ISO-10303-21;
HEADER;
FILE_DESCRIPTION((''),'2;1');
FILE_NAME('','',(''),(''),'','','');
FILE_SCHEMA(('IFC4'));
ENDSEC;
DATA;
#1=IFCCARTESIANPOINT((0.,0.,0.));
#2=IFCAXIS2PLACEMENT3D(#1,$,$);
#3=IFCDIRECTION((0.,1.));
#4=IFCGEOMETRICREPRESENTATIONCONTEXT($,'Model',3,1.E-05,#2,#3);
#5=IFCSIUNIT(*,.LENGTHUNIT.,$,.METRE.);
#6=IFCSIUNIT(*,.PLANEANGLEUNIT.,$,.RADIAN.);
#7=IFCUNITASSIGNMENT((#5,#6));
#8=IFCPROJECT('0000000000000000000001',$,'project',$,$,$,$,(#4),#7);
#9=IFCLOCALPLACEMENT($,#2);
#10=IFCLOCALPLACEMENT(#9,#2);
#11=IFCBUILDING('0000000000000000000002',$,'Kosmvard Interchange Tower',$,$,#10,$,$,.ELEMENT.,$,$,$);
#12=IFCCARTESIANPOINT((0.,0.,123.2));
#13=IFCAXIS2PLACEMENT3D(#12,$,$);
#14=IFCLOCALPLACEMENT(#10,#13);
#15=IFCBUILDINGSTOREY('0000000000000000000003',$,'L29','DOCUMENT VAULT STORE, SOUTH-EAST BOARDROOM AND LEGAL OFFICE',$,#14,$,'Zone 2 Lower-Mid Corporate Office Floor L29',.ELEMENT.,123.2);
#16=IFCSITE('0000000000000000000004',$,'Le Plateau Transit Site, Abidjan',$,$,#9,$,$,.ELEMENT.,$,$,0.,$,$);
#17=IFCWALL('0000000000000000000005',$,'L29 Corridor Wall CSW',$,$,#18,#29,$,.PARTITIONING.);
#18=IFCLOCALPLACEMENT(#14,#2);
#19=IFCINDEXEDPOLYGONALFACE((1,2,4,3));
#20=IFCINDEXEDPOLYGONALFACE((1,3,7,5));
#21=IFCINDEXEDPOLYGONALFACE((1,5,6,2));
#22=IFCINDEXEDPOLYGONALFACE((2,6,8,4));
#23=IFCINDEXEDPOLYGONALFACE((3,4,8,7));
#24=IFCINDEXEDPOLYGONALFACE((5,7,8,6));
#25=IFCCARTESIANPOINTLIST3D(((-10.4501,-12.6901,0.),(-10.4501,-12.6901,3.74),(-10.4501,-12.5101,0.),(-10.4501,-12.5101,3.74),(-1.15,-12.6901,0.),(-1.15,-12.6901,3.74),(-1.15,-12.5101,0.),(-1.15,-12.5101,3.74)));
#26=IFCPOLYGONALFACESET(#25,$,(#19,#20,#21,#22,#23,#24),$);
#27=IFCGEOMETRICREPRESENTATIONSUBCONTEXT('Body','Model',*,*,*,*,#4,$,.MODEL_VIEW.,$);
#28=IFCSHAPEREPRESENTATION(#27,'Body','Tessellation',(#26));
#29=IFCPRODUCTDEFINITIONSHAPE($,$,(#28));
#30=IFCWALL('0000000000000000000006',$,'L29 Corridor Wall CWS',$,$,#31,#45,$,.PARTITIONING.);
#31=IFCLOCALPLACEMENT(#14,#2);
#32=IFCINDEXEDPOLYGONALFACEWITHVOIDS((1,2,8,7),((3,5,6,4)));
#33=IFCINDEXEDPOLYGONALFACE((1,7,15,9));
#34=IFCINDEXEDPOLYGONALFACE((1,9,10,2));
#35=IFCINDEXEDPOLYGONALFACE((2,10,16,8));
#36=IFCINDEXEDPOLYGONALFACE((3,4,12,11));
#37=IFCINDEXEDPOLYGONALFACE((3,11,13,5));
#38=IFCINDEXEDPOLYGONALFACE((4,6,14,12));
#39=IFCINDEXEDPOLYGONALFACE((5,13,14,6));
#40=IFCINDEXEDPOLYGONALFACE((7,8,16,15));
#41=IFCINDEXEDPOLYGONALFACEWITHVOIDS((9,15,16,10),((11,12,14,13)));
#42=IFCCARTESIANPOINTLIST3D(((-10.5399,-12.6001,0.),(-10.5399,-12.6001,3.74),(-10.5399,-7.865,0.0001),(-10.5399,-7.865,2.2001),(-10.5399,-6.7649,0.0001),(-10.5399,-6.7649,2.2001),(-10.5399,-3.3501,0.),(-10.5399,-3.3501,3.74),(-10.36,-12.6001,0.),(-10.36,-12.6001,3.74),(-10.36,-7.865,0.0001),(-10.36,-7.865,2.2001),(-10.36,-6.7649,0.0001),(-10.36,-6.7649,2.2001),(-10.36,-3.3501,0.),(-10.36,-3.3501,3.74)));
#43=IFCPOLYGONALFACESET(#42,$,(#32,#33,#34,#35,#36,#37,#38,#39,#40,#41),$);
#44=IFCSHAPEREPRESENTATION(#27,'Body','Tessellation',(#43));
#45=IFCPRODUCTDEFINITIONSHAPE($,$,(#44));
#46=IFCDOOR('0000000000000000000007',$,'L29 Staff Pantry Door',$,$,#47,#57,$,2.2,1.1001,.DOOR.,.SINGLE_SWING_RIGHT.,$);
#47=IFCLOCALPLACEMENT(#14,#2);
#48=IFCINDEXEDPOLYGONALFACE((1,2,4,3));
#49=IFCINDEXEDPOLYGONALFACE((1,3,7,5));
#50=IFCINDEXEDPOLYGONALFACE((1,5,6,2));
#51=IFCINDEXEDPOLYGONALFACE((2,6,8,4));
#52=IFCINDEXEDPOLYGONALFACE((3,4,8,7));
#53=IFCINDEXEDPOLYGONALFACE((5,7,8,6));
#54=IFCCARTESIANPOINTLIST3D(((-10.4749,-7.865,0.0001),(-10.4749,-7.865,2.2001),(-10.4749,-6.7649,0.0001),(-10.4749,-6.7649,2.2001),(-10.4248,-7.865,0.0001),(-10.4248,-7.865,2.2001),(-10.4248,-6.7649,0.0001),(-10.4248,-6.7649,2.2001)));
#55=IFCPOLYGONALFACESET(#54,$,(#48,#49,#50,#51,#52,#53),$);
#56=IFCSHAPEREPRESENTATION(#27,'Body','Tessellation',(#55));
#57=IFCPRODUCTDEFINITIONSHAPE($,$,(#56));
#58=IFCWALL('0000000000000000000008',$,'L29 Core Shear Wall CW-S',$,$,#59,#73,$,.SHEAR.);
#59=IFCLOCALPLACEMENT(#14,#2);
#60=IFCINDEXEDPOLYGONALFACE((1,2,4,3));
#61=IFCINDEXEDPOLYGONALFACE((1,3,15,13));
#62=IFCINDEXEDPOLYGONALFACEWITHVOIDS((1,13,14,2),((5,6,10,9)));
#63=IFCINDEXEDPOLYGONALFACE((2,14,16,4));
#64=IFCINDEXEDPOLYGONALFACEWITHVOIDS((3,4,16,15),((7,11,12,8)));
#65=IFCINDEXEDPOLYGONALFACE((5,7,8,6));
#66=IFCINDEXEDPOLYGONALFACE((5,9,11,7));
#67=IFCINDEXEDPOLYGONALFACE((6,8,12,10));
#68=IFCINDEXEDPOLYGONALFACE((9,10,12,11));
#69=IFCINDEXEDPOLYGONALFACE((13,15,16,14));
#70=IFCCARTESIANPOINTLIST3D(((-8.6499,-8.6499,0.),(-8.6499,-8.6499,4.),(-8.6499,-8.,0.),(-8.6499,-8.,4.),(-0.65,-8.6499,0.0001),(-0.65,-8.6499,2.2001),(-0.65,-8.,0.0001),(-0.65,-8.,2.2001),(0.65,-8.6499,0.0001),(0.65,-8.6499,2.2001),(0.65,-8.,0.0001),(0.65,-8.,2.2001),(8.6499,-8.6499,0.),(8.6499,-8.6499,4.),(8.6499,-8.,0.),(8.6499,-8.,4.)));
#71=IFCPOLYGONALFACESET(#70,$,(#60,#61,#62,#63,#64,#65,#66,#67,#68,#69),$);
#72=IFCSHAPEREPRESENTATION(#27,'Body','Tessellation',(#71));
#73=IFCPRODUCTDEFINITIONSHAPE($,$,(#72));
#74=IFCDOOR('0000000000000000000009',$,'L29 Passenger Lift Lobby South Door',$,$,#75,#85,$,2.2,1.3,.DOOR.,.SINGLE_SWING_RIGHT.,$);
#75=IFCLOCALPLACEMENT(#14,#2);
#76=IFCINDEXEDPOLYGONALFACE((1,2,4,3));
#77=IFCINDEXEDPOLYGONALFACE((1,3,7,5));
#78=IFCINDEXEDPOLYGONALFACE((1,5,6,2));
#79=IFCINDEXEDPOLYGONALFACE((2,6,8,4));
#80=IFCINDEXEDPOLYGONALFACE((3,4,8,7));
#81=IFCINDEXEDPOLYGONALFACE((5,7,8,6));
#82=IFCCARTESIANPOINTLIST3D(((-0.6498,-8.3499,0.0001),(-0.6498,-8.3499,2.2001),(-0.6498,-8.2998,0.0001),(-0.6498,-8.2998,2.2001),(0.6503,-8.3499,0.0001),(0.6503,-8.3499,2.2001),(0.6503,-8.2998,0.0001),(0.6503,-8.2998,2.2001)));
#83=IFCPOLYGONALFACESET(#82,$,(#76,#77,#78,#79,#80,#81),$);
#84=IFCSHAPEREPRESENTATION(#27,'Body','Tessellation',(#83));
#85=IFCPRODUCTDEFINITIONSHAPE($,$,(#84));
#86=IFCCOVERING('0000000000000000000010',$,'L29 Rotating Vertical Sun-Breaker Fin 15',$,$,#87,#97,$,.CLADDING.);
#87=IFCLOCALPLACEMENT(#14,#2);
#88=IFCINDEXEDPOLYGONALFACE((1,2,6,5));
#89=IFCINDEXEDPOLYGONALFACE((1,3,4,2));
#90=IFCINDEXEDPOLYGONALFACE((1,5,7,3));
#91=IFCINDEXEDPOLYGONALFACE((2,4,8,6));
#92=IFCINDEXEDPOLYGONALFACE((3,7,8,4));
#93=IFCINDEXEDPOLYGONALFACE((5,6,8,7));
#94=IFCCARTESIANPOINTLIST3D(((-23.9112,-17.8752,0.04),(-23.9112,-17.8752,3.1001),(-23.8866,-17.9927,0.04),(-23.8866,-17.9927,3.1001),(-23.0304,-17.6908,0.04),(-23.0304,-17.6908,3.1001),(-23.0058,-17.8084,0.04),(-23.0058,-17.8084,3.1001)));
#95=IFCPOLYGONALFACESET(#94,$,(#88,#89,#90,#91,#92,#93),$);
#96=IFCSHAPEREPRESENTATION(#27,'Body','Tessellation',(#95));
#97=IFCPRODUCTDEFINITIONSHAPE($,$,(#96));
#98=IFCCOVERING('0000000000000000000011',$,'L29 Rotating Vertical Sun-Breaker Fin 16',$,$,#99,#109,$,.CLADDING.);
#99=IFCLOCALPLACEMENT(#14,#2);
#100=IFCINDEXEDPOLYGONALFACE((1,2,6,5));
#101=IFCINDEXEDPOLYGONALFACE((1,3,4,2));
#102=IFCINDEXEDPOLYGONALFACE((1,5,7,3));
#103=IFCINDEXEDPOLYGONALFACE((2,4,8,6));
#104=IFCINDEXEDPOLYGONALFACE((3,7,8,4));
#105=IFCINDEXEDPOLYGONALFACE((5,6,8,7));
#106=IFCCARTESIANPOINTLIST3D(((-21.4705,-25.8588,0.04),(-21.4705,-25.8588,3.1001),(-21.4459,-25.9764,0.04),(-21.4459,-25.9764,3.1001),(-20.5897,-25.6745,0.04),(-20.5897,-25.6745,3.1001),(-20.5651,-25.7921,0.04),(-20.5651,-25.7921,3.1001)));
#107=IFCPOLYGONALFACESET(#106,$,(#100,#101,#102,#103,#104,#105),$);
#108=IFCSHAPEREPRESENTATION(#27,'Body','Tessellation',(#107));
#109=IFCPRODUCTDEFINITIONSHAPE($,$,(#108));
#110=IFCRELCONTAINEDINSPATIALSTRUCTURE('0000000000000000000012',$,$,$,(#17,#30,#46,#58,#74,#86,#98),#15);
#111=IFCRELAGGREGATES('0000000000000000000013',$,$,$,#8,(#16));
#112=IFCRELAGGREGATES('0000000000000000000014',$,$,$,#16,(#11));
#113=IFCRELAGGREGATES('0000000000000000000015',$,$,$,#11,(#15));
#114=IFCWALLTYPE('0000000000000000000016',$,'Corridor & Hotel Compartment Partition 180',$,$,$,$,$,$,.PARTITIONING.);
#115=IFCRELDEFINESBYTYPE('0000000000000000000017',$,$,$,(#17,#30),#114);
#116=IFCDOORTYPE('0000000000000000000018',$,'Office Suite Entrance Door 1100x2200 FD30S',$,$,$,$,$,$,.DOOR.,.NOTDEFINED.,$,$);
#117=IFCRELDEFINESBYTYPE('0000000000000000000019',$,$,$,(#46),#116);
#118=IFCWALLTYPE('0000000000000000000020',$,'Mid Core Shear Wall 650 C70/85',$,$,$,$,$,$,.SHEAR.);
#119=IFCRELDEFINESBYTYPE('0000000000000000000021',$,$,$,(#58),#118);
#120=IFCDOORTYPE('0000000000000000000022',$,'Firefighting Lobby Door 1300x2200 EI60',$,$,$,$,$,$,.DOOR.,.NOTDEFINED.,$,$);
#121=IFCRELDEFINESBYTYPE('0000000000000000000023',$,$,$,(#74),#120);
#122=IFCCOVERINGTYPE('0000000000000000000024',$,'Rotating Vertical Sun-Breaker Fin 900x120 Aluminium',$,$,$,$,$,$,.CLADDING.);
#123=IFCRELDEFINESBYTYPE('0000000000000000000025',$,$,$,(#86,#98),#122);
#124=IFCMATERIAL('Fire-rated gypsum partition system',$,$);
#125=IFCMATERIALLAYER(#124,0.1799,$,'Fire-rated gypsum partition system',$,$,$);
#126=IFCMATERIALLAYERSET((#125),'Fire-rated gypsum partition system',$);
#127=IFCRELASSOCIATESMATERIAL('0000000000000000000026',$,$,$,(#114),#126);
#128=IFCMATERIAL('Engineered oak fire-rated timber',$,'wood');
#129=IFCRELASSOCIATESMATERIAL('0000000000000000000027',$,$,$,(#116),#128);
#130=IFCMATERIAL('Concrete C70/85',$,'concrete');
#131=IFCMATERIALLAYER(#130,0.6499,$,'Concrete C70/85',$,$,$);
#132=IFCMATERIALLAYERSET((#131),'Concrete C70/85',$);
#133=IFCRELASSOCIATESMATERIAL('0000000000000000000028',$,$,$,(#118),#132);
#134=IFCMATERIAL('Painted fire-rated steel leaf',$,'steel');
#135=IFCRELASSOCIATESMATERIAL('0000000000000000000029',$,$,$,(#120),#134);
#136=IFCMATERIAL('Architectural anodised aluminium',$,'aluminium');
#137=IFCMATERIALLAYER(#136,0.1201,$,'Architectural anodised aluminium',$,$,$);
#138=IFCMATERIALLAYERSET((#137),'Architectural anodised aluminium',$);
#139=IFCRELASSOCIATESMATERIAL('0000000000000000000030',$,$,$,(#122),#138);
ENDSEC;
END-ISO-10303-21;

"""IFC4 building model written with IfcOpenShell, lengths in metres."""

from ifc_helpers import new_model, si_unit, direction, frame, frame_2d, origin, origin_2d, place, context, subcontext, project, spatial, rectangle, extrude, source, transform, mapped, material, layer, layer_set, type_object, element, fill, save


model = new_model("IFC4")

# Units and contexts
model_context = context("Model", 3, precision=1e-05, world=origin(), true_north=direction((0.0, 1.0)))
body_context = subcontext(model_context, "Body", "Model", "MODEL_VIEW")
ifc_project = project(units=[si_unit("LENGTHUNIT", "METRE"), si_unit("PLANEANGLEUNIT", "RADIAN")], contexts=[model_context])

# Site, building, storey
site_placement = place(None, origin())
site = spatial("IfcSite", under=ifc_project, at=site_placement, Name="Le Plateau Transit Site, Abidjan", CompositionType="ELEMENT", RefElevation=0.0)
building_placement = place(site_placement, origin())
building = spatial("IfcBuilding", under=site, at=building_placement, Name="Kosmvard Interchange Tower", CompositionType="ELEMENT")
storey_placement = place(building_placement, frame((0.0, 0.0, 123.2)))
storey = spatial("IfcBuildingStorey", under=building, at=storey_placement, Name="L29", Description="DOCUMENT VAULT STORE, SOUTH-EAST BOARDROOM AND LEGAL OFFICE", LongName="Zone 2 Lower-Mid Corporate Office Floor L29", CompositionType="ELEMENT", Elevation=123.2)

# Shared definitions
ifc_material_1 = material(Name="Concrete C70/85", Category="concrete")

# Wall
ifc_material_2 = material(Name="Fire-rated gypsum partition system")
ifc_layer_1 = layer(ifc_material_2, 0.1799, Name="Fire-rated gypsum partition system")
ifc_layer_set_1 = layer_set([ifc_layer_1], Name="Fire-rated gypsum partition system")
wall_type_1 = type_object("IfcWallType", Name="Corridor & Hotel Compartment Partition 180", PredefinedType="PARTITIONING", material=ifc_layer_set_1)
wall_1_placement = place(storey_placement, frame((-10.45, -12.6001, 0.0), z_axis=(0.0, 0.0, 1.0), x_axis=(1.0, 0.0, 0.0)))
element("IfcWall", 1, at=wall_1_placement, inside=storey, type_object=wall_type_1, Name="L29 Corridor Wall CSW", PredefinedType="PARTITIONING", context=body_context, shape_type="SweptSolid", body=[
    extrude(rectangle(XDim=9.3, YDim=0.1799, at=frame_2d((4.6499, 0.0))), origin(), (0.0, 0.0, 1.0), 3.74),
])

# Walls, openings, doors
wall_2_placement = place(storey_placement, frame((-10.45, -12.6001, 0.0), z_axis=(0.0, 0.0, 1.0), x_axis=(0.0, 1.0, 0.0)))
wall_2 = element("IfcWall", 2, at=wall_2_placement, inside=storey, type_object=wall_type_1, Name="L29 Corridor Wall CWS", PredefinedType="PARTITIONING", context=body_context, shape_type="SweptSolid", body=[
    extrude(rectangle(XDim=9.25, YDim=0.1799, at=frame_2d((4.625, 0.0))), origin(), (0.0, 0.0, 1.0), 3.74),
])
opening_1_placement = place(wall_2_placement, frame((4.7351, 0.0, 0.0)))
opening_1 = element("IfcOpeningElement", 3, at=opening_1_placement, cuts=wall_2, PredefinedType="OPENING", context=body_context, shape_type="SweptSolid", body=[
    extrude(rectangle(XDim=1.1001, YDim=2.2, at=frame_2d((0.55, 1.1001))), frame((0.0, 0.1001, 0.0), z_axis=(0.0, -1.0, 0.0), x_axis=(1.0, 0.0, 0.0)), (0.0, 0.0, 1.0), 0.2),
])
ifc_material_3 = material(Name="Engineered oak fire-rated timber", Category="wood")
door_type_1 = type_object("IfcDoorType", Name="Office Suite Entrance Door 1100x2200 FD30S", OperationType="NOTDEFINED", PredefinedType="DOOR", material=ifc_material_3)
shared_shape_1 = source(origin(), body_context, "Body", "SweptSolid", [
    extrude(rectangle(XDim=1.1001, YDim=2.2, at=frame_2d((0.55, 1.1001))), frame((0.0, 0.0249, 0.0), z_axis=(0.0, -1.0, 0.0), x_axis=(1.0, 0.0, 0.0)), (0.0, 0.0, 1.0), 0.05),
])
door_1_placement = place(opening_1_placement, origin())
door_1 = element("IfcDoor", 4, at=door_1_placement, inside=storey, type_object=door_type_1, Name="L29 Staff Pantry Door", OperationType="SINGLE_SWING_RIGHT", OverallHeight=2.2, OverallWidth=1.1001, PredefinedType="DOOR", context=body_context, shape_type="MappedRepresentation", body=[
    mapped(shared_shape_1, transform((0.0, 0.0, 0.0), scale=1.0)),
])
fill(opening_1, door_1)
ifc_layer_2 = layer(ifc_material_1, 0.6499, Name="Concrete C70/85")
ifc_layer_set_2 = layer_set([ifc_layer_2], Name="Concrete C70/85")
wall_type_2 = type_object("IfcWallType", Name="Mid Core Shear Wall 650 C70/85", PredefinedType="SHEAR", material=ifc_layer_set_2)
wall_3_placement = place(storey_placement, frame((-8.6499, -8.325, 0.0), z_axis=(0.0, 0.0, 1.0), x_axis=(1.0, 0.0, 0.0)))
wall_3 = element("IfcWall", 5, at=wall_3_placement, inside=storey, type_object=wall_type_2, Name="L29 Core Shear Wall CW-S", PredefinedType="SHEAR", context=body_context, shape_type="SweptSolid", body=[
    extrude(rectangle(XDim=17.2998, YDim=0.6499, at=frame_2d((8.6499, 0.0))), origin(), (0.0, 0.0, 1.0), 4.0),
])
opening_2_placement = place(wall_3_placement, frame((8.0, 0.0, 0.0)))
opening_2 = element("IfcOpeningElement", 6, at=opening_2_placement, cuts=wall_3, PredefinedType="OPENING", context=body_context, shape_type="SweptSolid", body=[
    extrude(rectangle(XDim=1.3, YDim=2.2, at=frame_2d((0.6499, 1.1001))), frame((0.0, 0.335, 0.0), z_axis=(0.0, -1.0, 0.0), x_axis=(1.0, 0.0, 0.0)), (0.0, 0.0, 1.0), 0.6699),
])
ifc_material_4 = material(Name="Painted fire-rated steel leaf", Category="steel")
door_type_2 = type_object("IfcDoorType", Name="Firefighting Lobby Door 1300x2200 EI60", OperationType="NOTDEFINED", PredefinedType="DOOR", material=ifc_material_4)
shared_shape_2 = source(origin(), body_context, "Body", "SweptSolid", [
    extrude(rectangle(XDim=1.3, YDim=2.2, at=frame_2d((0.6499, 1.1001))), frame((0.0, 0.0249, 0.0), z_axis=(0.0, -1.0, 0.0), x_axis=(1.0, 0.0, 0.0)), (0.0, 0.0, 1.0), 0.05),
])
door_2_placement = place(opening_2_placement, frame((1.3, 0.0, 0.0), z_axis=(0.0, 0.0, 1.0), x_axis=(-1.0, 0.0, 0.0)))
door_2 = element("IfcDoor", 7, at=door_2_placement, inside=storey, type_object=door_type_2, Name="L29 Passenger Lift Lobby South Door", OperationType="SINGLE_SWING_RIGHT", OverallHeight=2.2, OverallWidth=1.3, PredefinedType="DOOR", context=body_context, shape_type="MappedRepresentation", body=[
    mapped(shared_shape_2, transform((0.0, 0.0, 0.0), scale=1.0)),
])
fill(opening_2, door_2)

# Coverings
ifc_material_5 = material(Name="Architectural anodised aluminium", Category="aluminium")
ifc_layer_3 = layer(ifc_material_5, 0.1201, Name="Architectural anodised aluminium")
ifc_layer_set_3 = layer_set([ifc_layer_3], Name="Architectural anodised aluminium")
covering_type = type_object("IfcCoveringType", Name="Rotating Vertical Sun-Breaker Fin 900x120 Aluminium", PredefinedType="CLADDING", material=ifc_layer_set_3)
shared_shape_3 = source(origin(), body_context, "Body", "SweptSolid", [
    extrude(rectangle(XDim=0.8999, YDim=0.1201, at=origin_2d()), origin(), (0.0, 0.0, 1.0), 3.0601),
])
for number, where, z_axis, x_axis, name in (
    (8, (-23.4585, -17.8418, 0.04), (0.0, 0.0, 1.0), (-0.978796, -0.204838, 0.0), "L29 Rotating Vertical Sun-Breaker Fin 15"),
    (9, (-21.0178, -25.8254, 0.04), (0.0, 0.0, 1.0), (-0.978796, -0.204838, 0.0), "L29 Rotating Vertical Sun-Breaker Fin 16"),
):
    element("IfcCovering", number, at=place(storey_placement, frame(where, z_axis=z_axis, x_axis=x_axis)), inside=storey, type_object=covering_type, Name=name, PredefinedType="CLADDING", context=body_context, shape_type="MappedRepresentation", body=[
        mapped(shared_shape_3, transform((0.0, 0.0, 0.0), scale=1.0)),
    ])

save(model, "model.ifc")
